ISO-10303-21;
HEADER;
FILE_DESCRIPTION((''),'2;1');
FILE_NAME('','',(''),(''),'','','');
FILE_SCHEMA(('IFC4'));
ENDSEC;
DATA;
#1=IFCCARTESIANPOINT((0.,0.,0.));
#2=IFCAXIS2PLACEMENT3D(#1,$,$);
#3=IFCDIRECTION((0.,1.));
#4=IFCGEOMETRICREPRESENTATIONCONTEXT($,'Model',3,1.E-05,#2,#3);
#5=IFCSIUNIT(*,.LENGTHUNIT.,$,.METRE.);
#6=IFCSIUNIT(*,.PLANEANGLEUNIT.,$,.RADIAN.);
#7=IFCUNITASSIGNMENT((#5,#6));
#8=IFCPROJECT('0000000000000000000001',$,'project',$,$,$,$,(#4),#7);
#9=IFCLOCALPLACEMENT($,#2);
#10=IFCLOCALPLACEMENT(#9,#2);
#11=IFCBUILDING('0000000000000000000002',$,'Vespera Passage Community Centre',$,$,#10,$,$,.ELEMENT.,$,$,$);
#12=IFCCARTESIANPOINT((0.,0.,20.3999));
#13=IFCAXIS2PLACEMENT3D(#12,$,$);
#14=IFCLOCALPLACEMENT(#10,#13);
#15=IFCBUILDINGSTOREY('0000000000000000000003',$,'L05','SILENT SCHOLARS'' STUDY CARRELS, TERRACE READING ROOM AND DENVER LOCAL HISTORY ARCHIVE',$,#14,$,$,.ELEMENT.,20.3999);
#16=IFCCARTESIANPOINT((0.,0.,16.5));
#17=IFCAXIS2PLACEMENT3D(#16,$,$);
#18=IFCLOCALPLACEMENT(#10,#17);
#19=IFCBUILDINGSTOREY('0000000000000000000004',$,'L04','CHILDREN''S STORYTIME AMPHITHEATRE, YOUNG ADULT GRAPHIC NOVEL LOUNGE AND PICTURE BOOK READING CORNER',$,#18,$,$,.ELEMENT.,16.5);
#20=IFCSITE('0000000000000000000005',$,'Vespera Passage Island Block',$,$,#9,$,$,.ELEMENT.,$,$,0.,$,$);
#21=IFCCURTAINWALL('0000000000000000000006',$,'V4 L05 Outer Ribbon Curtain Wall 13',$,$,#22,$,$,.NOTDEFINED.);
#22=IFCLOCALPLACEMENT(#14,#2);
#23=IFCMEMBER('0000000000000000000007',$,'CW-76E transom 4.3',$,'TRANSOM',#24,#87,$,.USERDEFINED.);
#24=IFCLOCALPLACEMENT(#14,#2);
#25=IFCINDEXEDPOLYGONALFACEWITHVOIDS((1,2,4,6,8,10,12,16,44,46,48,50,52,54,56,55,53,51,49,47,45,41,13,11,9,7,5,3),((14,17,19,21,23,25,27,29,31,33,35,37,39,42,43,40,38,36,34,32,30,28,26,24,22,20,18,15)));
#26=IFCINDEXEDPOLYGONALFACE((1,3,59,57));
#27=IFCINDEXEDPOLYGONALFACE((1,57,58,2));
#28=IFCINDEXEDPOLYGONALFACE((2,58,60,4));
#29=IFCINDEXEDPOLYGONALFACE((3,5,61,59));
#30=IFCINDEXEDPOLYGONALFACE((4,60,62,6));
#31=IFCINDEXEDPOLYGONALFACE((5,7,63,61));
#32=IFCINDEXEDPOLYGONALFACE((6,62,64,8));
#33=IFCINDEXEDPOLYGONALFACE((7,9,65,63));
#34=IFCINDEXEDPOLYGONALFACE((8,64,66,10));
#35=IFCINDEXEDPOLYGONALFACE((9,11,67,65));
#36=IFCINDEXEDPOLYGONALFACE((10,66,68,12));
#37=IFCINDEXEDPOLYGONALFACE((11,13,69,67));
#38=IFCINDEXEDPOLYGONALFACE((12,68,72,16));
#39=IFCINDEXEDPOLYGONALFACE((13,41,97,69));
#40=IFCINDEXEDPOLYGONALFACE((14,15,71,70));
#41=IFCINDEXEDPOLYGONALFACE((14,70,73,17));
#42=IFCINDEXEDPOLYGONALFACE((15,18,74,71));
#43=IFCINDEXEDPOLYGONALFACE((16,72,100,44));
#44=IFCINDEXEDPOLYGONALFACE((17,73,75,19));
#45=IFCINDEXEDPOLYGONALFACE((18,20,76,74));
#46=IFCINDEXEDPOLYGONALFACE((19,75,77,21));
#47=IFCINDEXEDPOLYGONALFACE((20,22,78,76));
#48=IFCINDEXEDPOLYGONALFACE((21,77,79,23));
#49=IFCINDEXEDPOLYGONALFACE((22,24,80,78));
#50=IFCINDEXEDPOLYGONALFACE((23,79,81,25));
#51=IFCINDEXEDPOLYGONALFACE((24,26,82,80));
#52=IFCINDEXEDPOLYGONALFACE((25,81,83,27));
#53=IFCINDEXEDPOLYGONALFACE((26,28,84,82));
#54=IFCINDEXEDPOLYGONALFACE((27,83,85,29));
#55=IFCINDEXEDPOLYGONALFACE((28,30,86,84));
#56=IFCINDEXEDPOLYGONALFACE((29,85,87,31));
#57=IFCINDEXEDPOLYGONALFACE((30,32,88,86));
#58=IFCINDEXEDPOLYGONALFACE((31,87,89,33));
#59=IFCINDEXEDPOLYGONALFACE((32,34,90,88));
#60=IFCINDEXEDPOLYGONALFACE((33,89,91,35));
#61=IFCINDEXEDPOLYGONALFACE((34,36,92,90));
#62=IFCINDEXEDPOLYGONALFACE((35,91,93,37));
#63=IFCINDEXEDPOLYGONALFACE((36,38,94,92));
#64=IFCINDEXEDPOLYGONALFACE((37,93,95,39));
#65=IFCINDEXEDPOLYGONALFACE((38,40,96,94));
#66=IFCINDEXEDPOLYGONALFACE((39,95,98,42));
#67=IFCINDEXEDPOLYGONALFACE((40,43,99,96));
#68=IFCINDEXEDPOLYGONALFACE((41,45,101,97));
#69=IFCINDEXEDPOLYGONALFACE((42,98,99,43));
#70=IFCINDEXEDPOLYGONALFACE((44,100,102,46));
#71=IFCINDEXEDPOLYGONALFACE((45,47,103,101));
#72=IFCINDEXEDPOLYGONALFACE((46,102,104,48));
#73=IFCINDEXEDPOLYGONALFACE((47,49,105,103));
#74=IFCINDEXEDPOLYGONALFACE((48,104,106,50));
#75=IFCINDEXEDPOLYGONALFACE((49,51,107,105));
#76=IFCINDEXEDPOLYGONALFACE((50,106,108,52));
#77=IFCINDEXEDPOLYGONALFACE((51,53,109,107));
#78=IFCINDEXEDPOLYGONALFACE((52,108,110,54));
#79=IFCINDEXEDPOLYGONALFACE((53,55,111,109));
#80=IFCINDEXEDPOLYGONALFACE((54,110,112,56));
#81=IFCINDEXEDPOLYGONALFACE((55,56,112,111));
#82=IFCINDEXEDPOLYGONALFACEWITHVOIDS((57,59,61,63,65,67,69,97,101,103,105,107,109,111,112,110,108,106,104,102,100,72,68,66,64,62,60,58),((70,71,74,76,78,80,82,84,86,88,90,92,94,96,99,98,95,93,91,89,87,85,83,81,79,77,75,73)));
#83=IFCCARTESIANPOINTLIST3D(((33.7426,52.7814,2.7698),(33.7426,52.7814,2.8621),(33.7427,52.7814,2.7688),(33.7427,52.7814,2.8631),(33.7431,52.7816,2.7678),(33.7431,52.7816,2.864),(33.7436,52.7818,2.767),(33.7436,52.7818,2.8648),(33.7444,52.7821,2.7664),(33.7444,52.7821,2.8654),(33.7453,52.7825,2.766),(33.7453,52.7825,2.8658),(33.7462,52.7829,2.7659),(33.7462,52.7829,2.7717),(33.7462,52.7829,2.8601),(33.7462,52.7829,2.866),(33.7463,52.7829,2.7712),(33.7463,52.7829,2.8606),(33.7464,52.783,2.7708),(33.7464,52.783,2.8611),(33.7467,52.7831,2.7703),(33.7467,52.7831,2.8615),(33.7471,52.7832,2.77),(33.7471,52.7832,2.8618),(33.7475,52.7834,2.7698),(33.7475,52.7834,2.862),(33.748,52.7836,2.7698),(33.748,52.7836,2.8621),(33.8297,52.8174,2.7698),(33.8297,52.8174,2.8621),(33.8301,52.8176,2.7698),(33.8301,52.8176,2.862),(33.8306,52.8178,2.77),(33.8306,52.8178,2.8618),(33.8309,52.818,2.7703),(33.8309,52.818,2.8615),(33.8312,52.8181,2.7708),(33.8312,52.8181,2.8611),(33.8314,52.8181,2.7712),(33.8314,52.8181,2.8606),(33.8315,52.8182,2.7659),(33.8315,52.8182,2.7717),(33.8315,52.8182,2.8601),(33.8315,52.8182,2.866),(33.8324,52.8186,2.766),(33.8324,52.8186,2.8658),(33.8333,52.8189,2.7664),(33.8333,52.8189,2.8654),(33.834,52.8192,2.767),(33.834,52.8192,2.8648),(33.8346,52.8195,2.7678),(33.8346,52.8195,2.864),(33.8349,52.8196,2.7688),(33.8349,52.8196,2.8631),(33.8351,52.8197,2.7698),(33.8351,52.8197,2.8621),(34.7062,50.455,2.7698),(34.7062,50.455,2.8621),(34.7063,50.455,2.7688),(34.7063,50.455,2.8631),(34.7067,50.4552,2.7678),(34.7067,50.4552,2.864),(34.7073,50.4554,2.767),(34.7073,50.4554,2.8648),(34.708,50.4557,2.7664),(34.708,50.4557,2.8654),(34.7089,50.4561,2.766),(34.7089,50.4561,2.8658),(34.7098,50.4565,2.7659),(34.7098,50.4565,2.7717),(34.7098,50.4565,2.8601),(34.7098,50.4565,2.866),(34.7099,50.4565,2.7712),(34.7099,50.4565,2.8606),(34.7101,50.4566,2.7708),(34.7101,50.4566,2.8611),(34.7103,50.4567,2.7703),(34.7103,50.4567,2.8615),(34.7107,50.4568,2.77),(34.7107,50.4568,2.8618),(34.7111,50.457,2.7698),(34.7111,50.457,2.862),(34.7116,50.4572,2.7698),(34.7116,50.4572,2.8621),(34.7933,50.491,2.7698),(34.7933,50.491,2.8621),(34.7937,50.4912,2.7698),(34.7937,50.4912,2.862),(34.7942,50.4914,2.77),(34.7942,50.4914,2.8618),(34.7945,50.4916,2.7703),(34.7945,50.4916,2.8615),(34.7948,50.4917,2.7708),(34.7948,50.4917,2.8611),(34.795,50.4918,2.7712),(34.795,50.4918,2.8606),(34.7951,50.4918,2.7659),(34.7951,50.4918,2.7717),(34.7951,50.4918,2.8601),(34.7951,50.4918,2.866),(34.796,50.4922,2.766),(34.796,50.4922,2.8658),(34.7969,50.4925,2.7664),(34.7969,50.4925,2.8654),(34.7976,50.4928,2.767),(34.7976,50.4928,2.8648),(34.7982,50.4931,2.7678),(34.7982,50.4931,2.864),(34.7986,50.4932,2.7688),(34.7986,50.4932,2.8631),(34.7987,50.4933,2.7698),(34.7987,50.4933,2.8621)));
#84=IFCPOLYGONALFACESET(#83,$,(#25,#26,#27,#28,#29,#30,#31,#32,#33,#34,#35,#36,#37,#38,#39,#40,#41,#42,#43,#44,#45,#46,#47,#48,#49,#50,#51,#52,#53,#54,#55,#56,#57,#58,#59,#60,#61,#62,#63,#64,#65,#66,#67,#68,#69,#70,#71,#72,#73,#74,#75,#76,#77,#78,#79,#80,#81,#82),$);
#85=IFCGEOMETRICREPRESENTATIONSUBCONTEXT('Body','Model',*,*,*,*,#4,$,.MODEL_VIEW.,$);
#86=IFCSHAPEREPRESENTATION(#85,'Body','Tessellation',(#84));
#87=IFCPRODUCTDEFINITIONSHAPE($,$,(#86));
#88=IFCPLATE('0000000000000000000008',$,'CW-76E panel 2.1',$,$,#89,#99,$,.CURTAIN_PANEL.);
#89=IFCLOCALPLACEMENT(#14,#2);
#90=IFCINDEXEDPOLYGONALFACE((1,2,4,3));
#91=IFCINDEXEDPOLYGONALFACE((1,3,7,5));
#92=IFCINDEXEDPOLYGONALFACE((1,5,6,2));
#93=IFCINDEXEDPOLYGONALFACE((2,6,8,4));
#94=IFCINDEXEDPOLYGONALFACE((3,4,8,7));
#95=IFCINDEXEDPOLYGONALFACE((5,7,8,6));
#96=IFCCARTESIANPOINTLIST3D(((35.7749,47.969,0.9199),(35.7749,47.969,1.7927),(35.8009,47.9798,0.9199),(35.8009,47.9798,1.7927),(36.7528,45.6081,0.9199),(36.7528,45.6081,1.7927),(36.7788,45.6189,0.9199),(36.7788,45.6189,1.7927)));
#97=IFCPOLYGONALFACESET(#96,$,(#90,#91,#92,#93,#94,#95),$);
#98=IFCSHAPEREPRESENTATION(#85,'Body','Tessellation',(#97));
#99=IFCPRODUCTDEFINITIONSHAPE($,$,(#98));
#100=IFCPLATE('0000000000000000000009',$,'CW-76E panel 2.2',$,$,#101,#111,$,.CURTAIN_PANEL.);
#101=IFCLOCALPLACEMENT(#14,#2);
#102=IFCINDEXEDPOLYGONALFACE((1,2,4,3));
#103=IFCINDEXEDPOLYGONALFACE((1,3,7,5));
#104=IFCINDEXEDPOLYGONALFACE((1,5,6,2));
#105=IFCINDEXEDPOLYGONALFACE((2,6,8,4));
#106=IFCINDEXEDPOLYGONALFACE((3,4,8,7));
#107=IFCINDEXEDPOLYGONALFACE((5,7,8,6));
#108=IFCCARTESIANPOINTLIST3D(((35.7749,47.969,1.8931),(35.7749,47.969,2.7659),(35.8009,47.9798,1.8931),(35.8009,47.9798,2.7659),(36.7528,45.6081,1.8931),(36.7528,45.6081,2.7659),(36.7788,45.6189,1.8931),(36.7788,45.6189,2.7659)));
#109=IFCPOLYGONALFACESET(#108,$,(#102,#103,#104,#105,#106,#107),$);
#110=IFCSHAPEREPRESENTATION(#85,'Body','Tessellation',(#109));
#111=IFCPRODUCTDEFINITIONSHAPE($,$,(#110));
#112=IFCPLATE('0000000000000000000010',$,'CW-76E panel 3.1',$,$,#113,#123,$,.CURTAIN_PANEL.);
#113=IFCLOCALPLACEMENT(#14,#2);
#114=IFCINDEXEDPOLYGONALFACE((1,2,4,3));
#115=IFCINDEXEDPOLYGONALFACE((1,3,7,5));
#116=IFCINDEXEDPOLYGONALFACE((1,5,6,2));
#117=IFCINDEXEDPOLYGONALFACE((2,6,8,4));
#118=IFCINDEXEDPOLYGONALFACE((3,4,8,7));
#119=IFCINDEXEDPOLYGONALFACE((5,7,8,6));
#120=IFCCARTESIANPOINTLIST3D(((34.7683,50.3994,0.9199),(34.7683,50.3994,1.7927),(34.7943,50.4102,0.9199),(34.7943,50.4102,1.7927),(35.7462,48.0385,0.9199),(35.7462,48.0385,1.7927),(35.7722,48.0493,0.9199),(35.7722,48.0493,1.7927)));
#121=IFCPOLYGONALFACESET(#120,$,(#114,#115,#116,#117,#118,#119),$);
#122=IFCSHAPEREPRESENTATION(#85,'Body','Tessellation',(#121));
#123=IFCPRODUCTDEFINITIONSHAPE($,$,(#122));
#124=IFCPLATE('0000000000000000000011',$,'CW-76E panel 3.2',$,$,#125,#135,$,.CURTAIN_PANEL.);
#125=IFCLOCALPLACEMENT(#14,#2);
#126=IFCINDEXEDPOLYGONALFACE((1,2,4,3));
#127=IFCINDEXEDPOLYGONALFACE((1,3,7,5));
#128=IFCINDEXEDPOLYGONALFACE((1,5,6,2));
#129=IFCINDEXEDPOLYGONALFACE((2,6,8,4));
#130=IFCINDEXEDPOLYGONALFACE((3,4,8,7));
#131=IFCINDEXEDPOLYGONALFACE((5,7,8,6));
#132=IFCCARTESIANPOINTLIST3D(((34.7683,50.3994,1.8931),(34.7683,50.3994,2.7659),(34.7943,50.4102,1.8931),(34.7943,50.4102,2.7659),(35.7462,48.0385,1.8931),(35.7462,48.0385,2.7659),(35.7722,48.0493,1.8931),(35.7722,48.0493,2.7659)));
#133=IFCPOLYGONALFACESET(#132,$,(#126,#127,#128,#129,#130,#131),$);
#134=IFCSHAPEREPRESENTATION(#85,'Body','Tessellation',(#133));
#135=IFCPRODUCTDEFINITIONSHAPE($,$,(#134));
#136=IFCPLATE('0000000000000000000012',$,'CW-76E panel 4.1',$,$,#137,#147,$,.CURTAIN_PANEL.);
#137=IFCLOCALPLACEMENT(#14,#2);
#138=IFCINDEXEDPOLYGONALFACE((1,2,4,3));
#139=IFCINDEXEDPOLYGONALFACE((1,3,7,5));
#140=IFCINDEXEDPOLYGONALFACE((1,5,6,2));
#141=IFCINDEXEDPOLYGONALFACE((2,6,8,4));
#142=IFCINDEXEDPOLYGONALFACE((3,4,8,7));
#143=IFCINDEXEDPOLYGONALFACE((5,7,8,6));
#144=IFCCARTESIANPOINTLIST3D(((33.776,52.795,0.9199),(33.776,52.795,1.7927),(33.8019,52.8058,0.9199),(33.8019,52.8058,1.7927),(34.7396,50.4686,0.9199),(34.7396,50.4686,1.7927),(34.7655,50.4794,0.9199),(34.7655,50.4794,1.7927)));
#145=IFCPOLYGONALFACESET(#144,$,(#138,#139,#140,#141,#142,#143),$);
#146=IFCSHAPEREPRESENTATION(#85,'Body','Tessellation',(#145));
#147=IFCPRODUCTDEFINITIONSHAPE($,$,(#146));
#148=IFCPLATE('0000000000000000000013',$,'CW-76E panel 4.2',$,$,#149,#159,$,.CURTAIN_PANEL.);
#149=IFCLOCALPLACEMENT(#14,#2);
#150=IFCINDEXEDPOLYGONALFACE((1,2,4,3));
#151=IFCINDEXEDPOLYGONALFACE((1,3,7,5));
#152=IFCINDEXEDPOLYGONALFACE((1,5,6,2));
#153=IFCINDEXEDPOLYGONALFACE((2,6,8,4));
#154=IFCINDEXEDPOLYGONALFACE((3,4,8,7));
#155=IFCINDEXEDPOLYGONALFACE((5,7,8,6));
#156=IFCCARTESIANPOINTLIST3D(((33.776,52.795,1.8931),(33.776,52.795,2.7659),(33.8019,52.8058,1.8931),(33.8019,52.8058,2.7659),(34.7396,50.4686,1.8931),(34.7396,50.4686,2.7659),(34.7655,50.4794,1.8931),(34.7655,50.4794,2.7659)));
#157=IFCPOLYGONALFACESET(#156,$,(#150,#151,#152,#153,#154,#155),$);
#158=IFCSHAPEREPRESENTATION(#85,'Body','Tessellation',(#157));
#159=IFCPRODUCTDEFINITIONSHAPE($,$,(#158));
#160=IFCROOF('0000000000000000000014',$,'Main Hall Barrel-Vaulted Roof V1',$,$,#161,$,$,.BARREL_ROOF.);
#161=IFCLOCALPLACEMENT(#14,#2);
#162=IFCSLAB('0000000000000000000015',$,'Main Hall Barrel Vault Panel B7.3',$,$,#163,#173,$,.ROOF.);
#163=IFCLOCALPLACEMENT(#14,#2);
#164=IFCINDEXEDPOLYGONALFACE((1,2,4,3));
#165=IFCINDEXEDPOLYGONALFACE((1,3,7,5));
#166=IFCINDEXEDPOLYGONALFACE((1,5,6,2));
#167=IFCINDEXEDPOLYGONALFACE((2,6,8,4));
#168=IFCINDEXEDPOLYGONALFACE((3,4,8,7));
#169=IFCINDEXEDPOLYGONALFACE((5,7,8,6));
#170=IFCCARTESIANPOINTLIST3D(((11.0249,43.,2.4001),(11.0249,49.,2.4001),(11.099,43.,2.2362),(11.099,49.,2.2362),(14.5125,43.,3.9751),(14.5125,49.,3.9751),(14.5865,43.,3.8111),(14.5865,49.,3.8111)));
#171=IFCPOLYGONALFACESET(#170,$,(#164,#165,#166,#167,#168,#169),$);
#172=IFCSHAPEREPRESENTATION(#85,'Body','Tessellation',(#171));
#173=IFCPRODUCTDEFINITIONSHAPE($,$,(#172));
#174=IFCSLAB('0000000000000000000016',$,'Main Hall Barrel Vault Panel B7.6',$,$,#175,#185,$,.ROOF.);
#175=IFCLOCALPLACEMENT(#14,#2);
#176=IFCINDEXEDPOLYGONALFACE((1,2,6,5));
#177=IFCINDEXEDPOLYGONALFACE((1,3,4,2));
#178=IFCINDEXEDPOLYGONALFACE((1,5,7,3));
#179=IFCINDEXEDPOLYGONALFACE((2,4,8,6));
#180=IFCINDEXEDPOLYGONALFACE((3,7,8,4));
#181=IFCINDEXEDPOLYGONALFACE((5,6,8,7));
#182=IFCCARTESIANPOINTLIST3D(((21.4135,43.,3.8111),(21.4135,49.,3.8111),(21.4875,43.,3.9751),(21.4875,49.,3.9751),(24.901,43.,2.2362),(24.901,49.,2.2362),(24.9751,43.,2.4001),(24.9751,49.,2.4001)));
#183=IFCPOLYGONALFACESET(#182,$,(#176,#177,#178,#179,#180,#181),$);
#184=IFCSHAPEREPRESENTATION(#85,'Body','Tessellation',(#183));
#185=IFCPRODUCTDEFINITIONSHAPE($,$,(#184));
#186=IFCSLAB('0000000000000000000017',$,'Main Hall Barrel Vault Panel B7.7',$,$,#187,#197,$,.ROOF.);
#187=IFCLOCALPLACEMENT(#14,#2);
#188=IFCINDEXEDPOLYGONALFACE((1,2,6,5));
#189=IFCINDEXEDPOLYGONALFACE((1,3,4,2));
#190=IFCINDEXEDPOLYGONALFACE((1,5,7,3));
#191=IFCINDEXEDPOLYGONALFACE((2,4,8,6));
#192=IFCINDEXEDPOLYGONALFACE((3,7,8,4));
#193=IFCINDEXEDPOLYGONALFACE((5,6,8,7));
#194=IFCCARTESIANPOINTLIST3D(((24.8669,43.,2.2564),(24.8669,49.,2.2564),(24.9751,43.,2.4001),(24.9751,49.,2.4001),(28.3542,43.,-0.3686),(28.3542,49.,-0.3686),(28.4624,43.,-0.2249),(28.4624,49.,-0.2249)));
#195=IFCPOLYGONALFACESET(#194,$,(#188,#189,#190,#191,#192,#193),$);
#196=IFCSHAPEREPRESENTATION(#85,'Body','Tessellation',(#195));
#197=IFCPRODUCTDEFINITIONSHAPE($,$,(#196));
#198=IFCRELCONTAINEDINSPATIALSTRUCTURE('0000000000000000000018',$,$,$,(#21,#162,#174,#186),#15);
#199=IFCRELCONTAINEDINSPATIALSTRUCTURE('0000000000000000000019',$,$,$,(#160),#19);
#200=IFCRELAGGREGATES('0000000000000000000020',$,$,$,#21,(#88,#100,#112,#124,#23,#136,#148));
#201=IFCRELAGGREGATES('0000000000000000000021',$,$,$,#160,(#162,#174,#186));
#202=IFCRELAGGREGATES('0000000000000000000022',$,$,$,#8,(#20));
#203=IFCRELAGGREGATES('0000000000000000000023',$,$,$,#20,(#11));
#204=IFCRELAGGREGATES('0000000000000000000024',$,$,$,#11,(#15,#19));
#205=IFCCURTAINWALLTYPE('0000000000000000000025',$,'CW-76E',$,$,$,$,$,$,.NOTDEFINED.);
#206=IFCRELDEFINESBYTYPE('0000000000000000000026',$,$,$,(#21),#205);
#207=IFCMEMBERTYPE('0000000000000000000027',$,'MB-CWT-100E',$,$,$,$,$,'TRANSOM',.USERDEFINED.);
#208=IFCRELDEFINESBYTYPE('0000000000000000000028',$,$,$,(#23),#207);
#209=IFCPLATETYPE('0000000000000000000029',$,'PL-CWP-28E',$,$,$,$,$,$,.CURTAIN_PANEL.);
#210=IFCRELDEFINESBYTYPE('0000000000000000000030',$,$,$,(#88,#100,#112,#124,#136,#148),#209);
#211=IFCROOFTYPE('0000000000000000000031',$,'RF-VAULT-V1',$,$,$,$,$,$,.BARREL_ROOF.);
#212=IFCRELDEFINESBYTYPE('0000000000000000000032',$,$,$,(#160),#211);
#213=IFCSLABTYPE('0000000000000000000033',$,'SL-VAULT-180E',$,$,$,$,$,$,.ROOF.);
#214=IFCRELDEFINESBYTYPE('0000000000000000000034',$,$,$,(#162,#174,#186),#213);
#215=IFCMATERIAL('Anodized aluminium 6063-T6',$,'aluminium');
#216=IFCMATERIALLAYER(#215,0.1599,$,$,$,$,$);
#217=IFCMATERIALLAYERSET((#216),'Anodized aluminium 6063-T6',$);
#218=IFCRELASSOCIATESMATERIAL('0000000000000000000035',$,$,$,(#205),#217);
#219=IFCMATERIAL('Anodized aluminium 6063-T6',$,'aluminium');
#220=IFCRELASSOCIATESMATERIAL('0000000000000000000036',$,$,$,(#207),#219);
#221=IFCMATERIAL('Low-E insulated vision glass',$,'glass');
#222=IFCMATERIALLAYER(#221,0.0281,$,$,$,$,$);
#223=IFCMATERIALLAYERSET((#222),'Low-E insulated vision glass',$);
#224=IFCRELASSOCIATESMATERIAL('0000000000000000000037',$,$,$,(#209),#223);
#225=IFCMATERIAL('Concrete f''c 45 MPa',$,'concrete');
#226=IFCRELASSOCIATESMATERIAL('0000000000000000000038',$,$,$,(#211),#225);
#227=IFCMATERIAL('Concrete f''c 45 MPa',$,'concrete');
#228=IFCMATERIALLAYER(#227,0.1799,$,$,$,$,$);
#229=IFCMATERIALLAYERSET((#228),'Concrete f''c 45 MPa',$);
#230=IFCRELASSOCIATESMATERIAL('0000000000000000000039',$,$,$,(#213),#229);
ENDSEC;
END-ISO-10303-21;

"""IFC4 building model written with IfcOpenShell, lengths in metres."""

from ifc_helpers import new_model, si_unit, direction, frame, origin, origin_2d, place, context, subcontext, project, spatial, polyline, rectangle, hollow_rectangle, outline, extrude, material, layer, layer_set, material_profile, profile_set, type_object, element, aggregate, save


model = new_model("IFC4")

# Units and contexts
model_context = context("Model", 3, precision=1e-05, world=origin(), true_north=direction((0.0, 1.0)))
body_context = subcontext(model_context, "Body", "Model", "MODEL_VIEW")
ifc_project = project(units=[si_unit("LENGTHUNIT", "METRE"), si_unit("PLANEANGLEUNIT", "RADIAN")], contexts=[model_context])

# Site, building, storey
site_placement = place(None, origin())
site = spatial("IfcSite", under=ifc_project, at=site_placement, Name="Vespera Passage Island Block", CompositionType="ELEMENT", RefElevation=0.0)
building_placement = place(site_placement, origin())
building = spatial("IfcBuilding", under=site, at=building_placement, Name="Vespera Passage Community Centre", CompositionType="ELEMENT")
storey_1_placement = place(building_placement, frame((0.0, 0.0, 20.3999)))
storey_1 = spatial("IfcBuildingStorey", under=building, at=storey_1_placement, Name="L05", Description="SILENT SCHOLARS' STUDY CARRELS, TERRACE READING ROOM AND DENVER LOCAL HISTORY ARCHIVE", CompositionType="ELEMENT", Elevation=20.3999)

# Curtain wall, member, plates
ifc_material_1 = material(Name="Anodized aluminium 6063-T6", Category="aluminium")
ifc_layer_1 = layer(ifc_material_1, 0.1599)
ifc_layer_set_1 = layer_set([ifc_layer_1], Name="Anodized aluminium 6063-T6")
curtain_wall_type = type_object("IfcCurtainWallType", Name="CW-76E", PredefinedType="NOTDEFINED", material=ifc_layer_set_1)
curtain_wall_placement = place(storey_1_placement, origin())
curtain_wall = element("IfcCurtainWall", 1, at=curtain_wall_placement, inside=storey_1, type_object=curtain_wall_type, Name="V4 L05 Outer Ribbon Curtain Wall 13", PredefinedType="NOTDEFINED")
ifc_material_2 = material(Name="Anodized aluminium 6063-T6", Category="aluminium")
ifc_material_profile_1 = material_profile(ifc_material_2, hollow_rectangle(XDim=0.1001, YDim=0.1001, WallThickness=0.0039, InnerFilletRadius=0.002, OuterFilletRadius=0.0039, at=origin_2d()), Name="ALU100X100X4")
ifc_profile_set_1 = profile_set([ifc_material_profile_1], Name="Anodized aluminium 6063-T6")
member_type_1 = type_object("IfcMemberType", Name="MB-CWT-100E", ElementType="TRANSOM", PredefinedType="USERDEFINED", material=ifc_profile_set_1)
member_1_placement = place(storey_1_placement, frame((34.7524, 50.4741, 2.8159), z_axis=(-0.38268, 0.923881, 0.0), x_axis=(-0.923881, -0.38268, 0.0)))
member_1 = element("IfcMember", 2, at=member_1_placement, type_object=member_type_1, Name="CW-76E transom 4.3", ObjectType="TRANSOM", PredefinedType="USERDEFINED", context=body_context, shape_type="SweptSolid", body=[
    extrude(hollow_rectangle(XDim=0.1001, YDim=0.1001, WallThickness=0.0039, InnerFilletRadius=0.002, OuterFilletRadius=0.0039, at=origin_2d()), origin(), (0.0, 0.0, 1.0), 2.5181),
])
ifc_material_3 = material(Name="Low-E insulated vision glass", Category="glass")
ifc_layer_2 = layer(ifc_material_3, 0.0281)
ifc_layer_set_2 = layer_set([ifc_layer_2], Name="Low-E insulated vision glass")
plate_type = type_object("IfcPlateType", Name="PL-CWP-28E", PredefinedType="CURTAIN_PANEL", material=ifc_layer_set_2)
plate_1_placement = place(storey_1_placement, frame((36.2769, 46.7939, 0.9199), z_axis=(0.0, 0.0, 1.0), x_axis=(-0.382679, 0.923881, 0.0)))
plate_1 = element("IfcPlate", 3, at=plate_1_placement, type_object=plate_type, Name="CW-76E panel 2.1", PredefinedType="CURTAIN_PANEL", context=body_context, shape_type="SweptSolid", body=[
    extrude(rectangle(XDim=2.5554, YDim=0.0281, at=origin_2d()), origin(), (0.0, 0.0, 1.0), 0.8728),
])
plate_2_placement = place(storey_1_placement, frame((36.2769, 46.7939, 1.8931), z_axis=(0.0, 0.0, 1.0), x_axis=(-0.382679, 0.923881, 0.0)))
plate_2 = element("IfcPlate", 4, at=plate_2_placement, type_object=plate_type, Name="CW-76E panel 2.2", PredefinedType="CURTAIN_PANEL", context=body_context, shape_type="SweptSolid", body=[
    extrude(rectangle(XDim=2.5554, YDim=0.0281, at=origin_2d()), origin(), (0.0, 0.0, 1.0), 0.8728),
])
plate_3_placement = place(storey_1_placement, frame((35.2703, 49.2244, 0.9199), z_axis=(0.0, 0.0, 1.0), x_axis=(-0.382679, 0.923881, 0.0)))
plate_3 = element("IfcPlate", 5, at=plate_3_placement, type_object=plate_type, Name="CW-76E panel 3.1", PredefinedType="CURTAIN_PANEL", context=body_context, shape_type="SweptSolid", body=[
    extrude(rectangle(XDim=2.5554, YDim=0.0281, at=origin_2d()), origin(), (0.0, 0.0, 1.0), 0.8728),
])
plate_4_placement = place(storey_1_placement, frame((35.2703, 49.2244, 1.8931), z_axis=(0.0, 0.0, 1.0), x_axis=(-0.382679, 0.923881, 0.0)))
plate_4 = element("IfcPlate", 6, at=plate_4_placement, type_object=plate_type, Name="CW-76E panel 3.2", PredefinedType="CURTAIN_PANEL", context=body_context, shape_type="SweptSolid", body=[
    extrude(rectangle(XDim=2.5554, YDim=0.0281, at=origin_2d()), origin(), (0.0, 0.0, 1.0), 0.8728),
])
plate_5_placement = place(storey_1_placement, frame((34.2708, 51.6372, 0.9199), z_axis=(0.0, 0.0, 1.0), x_axis=(-0.382679, 0.923881, 0.0)))
plate_5 = element("IfcPlate", 7, at=plate_5_placement, type_object=plate_type, Name="CW-76E panel 4.1", PredefinedType="CURTAIN_PANEL", context=body_context, shape_type="SweptSolid", body=[
    extrude(rectangle(XDim=2.5181, YDim=0.0281, at=origin_2d()), origin(), (0.0, 0.0, 1.0), 0.8728),
])
plate_6_placement = place(storey_1_placement, frame((34.2708, 51.6372, 1.8931), z_axis=(0.0, 0.0, 1.0), x_axis=(-0.382679, 0.923881, 0.0)))
plate_6 = element("IfcPlate", 8, at=plate_6_placement, type_object=plate_type, Name="CW-76E panel 4.2", PredefinedType="CURTAIN_PANEL", context=body_context, shape_type="SweptSolid", body=[
    extrude(rectangle(XDim=2.5181, YDim=0.0281, at=origin_2d()), origin(), (0.0, 0.0, 1.0), 0.8728),
])
aggregate(curtain_wall, [plate_1, plate_2, plate_3, plate_4, member_1, plate_5, plate_6])

# Shared definitions
storey_2_placement = place(building_placement, frame((0.0, 0.0, 16.5)))
storey_2 = spatial("IfcBuildingStorey", under=building, at=storey_2_placement, Name="L04", Description="CHILDREN'S STORYTIME AMPHITHEATRE, YOUNG ADULT GRAPHIC NOVEL LOUNGE AND PICTURE BOOK READING CORNER", CompositionType="ELEMENT", Elevation=16.5)

# Roof, slabs
ifc_material_4 = material(Name="Concrete f'c 45 MPa", Category="concrete")
roof_type = type_object("IfcRoofType", Name="RF-VAULT-V1", PredefinedType="BARREL_ROOF", material=ifc_material_4)
roof_placement = place(storey_2_placement, origin())
roof = element("IfcRoof", 9, at=roof_placement, inside=storey_2, type_object=roof_type, Name="Main Hall Barrel-Vaulted Roof V1", PredefinedType="BARREL_ROOF")
ifc_material_5 = material(Name="Concrete f'c 45 MPa", Category="concrete")
ifc_layer_3 = layer(ifc_material_5, 0.1799)
ifc_layer_set_3 = layer_set([ifc_layer_3], Name="Concrete f'c 45 MPa")
slab_type = type_object("IfcSlabType", Name="SL-VAULT-180E", PredefinedType="ROOF", material=ifc_layer_set_3)
slab_1_placement = place(storey_1_placement, frame((11.0249, 43.0, 2.4001), z_axis=(-0.411571, 0.0, 0.911378), x_axis=(0.911378, 0.0, 0.411571)))
slab_1 = element("IfcSlab", 10, at=slab_1_placement, inside=storey_1, type_object=slab_type, Name="Main Hall Barrel Vault Panel B7.3", PredefinedType="ROOF", context=body_context, shape_type="SweptSolid", body=[
    extrude(outline(polyline([(0.0, 0.0), (3.8267, 0.0), (3.8267, 6.0), (0.0, 6.0), (0.0, 0.0)])), origin(), (0.0, 0.0, -1.0), 0.1799),
])
slab_2_placement = place(storey_1_placement, frame((21.4875, 43.0, 3.9751), z_axis=(0.411571, 0.0, 0.911378), x_axis=(0.911378, 0.0, -0.411571)))
slab_2 = element("IfcSlab", 11, at=slab_2_placement, inside=storey_1, type_object=slab_type, Name="Main Hall Barrel Vault Panel B7.6", PredefinedType="ROOF", context=body_context, shape_type="SweptSolid", body=[
    extrude(outline(polyline([(0.0, 0.0), (3.8267, 0.0), (3.8267, 6.0), (0.0, 6.0), (0.0, 0.0)])), origin(), (0.0, 0.0, -1.0), 0.1799),
])
slab_3_placement = place(storey_1_placement, frame((24.9751, 43.0, 2.4001), z_axis=(0.601395, 0.0, 0.798952), x_axis=(0.798952, 0.0, -0.601395)))
slab_3 = element("IfcSlab", 12, at=slab_3_placement, inside=storey_1, type_object=slab_type, Name="Main Hall Barrel Vault Panel B7.7", PredefinedType="ROOF", context=body_context, shape_type="SweptSolid", body=[
    extrude(outline(polyline([(0.0, 0.0), (4.3649, 0.0), (4.3649, 6.0), (0.0, 6.0), (0.0, 0.0)])), origin(), (0.0, 0.0, -1.0), 0.1799),
])
aggregate(roof, [slab_1, slab_2, slab_3])

save(model, "model.ifc")
